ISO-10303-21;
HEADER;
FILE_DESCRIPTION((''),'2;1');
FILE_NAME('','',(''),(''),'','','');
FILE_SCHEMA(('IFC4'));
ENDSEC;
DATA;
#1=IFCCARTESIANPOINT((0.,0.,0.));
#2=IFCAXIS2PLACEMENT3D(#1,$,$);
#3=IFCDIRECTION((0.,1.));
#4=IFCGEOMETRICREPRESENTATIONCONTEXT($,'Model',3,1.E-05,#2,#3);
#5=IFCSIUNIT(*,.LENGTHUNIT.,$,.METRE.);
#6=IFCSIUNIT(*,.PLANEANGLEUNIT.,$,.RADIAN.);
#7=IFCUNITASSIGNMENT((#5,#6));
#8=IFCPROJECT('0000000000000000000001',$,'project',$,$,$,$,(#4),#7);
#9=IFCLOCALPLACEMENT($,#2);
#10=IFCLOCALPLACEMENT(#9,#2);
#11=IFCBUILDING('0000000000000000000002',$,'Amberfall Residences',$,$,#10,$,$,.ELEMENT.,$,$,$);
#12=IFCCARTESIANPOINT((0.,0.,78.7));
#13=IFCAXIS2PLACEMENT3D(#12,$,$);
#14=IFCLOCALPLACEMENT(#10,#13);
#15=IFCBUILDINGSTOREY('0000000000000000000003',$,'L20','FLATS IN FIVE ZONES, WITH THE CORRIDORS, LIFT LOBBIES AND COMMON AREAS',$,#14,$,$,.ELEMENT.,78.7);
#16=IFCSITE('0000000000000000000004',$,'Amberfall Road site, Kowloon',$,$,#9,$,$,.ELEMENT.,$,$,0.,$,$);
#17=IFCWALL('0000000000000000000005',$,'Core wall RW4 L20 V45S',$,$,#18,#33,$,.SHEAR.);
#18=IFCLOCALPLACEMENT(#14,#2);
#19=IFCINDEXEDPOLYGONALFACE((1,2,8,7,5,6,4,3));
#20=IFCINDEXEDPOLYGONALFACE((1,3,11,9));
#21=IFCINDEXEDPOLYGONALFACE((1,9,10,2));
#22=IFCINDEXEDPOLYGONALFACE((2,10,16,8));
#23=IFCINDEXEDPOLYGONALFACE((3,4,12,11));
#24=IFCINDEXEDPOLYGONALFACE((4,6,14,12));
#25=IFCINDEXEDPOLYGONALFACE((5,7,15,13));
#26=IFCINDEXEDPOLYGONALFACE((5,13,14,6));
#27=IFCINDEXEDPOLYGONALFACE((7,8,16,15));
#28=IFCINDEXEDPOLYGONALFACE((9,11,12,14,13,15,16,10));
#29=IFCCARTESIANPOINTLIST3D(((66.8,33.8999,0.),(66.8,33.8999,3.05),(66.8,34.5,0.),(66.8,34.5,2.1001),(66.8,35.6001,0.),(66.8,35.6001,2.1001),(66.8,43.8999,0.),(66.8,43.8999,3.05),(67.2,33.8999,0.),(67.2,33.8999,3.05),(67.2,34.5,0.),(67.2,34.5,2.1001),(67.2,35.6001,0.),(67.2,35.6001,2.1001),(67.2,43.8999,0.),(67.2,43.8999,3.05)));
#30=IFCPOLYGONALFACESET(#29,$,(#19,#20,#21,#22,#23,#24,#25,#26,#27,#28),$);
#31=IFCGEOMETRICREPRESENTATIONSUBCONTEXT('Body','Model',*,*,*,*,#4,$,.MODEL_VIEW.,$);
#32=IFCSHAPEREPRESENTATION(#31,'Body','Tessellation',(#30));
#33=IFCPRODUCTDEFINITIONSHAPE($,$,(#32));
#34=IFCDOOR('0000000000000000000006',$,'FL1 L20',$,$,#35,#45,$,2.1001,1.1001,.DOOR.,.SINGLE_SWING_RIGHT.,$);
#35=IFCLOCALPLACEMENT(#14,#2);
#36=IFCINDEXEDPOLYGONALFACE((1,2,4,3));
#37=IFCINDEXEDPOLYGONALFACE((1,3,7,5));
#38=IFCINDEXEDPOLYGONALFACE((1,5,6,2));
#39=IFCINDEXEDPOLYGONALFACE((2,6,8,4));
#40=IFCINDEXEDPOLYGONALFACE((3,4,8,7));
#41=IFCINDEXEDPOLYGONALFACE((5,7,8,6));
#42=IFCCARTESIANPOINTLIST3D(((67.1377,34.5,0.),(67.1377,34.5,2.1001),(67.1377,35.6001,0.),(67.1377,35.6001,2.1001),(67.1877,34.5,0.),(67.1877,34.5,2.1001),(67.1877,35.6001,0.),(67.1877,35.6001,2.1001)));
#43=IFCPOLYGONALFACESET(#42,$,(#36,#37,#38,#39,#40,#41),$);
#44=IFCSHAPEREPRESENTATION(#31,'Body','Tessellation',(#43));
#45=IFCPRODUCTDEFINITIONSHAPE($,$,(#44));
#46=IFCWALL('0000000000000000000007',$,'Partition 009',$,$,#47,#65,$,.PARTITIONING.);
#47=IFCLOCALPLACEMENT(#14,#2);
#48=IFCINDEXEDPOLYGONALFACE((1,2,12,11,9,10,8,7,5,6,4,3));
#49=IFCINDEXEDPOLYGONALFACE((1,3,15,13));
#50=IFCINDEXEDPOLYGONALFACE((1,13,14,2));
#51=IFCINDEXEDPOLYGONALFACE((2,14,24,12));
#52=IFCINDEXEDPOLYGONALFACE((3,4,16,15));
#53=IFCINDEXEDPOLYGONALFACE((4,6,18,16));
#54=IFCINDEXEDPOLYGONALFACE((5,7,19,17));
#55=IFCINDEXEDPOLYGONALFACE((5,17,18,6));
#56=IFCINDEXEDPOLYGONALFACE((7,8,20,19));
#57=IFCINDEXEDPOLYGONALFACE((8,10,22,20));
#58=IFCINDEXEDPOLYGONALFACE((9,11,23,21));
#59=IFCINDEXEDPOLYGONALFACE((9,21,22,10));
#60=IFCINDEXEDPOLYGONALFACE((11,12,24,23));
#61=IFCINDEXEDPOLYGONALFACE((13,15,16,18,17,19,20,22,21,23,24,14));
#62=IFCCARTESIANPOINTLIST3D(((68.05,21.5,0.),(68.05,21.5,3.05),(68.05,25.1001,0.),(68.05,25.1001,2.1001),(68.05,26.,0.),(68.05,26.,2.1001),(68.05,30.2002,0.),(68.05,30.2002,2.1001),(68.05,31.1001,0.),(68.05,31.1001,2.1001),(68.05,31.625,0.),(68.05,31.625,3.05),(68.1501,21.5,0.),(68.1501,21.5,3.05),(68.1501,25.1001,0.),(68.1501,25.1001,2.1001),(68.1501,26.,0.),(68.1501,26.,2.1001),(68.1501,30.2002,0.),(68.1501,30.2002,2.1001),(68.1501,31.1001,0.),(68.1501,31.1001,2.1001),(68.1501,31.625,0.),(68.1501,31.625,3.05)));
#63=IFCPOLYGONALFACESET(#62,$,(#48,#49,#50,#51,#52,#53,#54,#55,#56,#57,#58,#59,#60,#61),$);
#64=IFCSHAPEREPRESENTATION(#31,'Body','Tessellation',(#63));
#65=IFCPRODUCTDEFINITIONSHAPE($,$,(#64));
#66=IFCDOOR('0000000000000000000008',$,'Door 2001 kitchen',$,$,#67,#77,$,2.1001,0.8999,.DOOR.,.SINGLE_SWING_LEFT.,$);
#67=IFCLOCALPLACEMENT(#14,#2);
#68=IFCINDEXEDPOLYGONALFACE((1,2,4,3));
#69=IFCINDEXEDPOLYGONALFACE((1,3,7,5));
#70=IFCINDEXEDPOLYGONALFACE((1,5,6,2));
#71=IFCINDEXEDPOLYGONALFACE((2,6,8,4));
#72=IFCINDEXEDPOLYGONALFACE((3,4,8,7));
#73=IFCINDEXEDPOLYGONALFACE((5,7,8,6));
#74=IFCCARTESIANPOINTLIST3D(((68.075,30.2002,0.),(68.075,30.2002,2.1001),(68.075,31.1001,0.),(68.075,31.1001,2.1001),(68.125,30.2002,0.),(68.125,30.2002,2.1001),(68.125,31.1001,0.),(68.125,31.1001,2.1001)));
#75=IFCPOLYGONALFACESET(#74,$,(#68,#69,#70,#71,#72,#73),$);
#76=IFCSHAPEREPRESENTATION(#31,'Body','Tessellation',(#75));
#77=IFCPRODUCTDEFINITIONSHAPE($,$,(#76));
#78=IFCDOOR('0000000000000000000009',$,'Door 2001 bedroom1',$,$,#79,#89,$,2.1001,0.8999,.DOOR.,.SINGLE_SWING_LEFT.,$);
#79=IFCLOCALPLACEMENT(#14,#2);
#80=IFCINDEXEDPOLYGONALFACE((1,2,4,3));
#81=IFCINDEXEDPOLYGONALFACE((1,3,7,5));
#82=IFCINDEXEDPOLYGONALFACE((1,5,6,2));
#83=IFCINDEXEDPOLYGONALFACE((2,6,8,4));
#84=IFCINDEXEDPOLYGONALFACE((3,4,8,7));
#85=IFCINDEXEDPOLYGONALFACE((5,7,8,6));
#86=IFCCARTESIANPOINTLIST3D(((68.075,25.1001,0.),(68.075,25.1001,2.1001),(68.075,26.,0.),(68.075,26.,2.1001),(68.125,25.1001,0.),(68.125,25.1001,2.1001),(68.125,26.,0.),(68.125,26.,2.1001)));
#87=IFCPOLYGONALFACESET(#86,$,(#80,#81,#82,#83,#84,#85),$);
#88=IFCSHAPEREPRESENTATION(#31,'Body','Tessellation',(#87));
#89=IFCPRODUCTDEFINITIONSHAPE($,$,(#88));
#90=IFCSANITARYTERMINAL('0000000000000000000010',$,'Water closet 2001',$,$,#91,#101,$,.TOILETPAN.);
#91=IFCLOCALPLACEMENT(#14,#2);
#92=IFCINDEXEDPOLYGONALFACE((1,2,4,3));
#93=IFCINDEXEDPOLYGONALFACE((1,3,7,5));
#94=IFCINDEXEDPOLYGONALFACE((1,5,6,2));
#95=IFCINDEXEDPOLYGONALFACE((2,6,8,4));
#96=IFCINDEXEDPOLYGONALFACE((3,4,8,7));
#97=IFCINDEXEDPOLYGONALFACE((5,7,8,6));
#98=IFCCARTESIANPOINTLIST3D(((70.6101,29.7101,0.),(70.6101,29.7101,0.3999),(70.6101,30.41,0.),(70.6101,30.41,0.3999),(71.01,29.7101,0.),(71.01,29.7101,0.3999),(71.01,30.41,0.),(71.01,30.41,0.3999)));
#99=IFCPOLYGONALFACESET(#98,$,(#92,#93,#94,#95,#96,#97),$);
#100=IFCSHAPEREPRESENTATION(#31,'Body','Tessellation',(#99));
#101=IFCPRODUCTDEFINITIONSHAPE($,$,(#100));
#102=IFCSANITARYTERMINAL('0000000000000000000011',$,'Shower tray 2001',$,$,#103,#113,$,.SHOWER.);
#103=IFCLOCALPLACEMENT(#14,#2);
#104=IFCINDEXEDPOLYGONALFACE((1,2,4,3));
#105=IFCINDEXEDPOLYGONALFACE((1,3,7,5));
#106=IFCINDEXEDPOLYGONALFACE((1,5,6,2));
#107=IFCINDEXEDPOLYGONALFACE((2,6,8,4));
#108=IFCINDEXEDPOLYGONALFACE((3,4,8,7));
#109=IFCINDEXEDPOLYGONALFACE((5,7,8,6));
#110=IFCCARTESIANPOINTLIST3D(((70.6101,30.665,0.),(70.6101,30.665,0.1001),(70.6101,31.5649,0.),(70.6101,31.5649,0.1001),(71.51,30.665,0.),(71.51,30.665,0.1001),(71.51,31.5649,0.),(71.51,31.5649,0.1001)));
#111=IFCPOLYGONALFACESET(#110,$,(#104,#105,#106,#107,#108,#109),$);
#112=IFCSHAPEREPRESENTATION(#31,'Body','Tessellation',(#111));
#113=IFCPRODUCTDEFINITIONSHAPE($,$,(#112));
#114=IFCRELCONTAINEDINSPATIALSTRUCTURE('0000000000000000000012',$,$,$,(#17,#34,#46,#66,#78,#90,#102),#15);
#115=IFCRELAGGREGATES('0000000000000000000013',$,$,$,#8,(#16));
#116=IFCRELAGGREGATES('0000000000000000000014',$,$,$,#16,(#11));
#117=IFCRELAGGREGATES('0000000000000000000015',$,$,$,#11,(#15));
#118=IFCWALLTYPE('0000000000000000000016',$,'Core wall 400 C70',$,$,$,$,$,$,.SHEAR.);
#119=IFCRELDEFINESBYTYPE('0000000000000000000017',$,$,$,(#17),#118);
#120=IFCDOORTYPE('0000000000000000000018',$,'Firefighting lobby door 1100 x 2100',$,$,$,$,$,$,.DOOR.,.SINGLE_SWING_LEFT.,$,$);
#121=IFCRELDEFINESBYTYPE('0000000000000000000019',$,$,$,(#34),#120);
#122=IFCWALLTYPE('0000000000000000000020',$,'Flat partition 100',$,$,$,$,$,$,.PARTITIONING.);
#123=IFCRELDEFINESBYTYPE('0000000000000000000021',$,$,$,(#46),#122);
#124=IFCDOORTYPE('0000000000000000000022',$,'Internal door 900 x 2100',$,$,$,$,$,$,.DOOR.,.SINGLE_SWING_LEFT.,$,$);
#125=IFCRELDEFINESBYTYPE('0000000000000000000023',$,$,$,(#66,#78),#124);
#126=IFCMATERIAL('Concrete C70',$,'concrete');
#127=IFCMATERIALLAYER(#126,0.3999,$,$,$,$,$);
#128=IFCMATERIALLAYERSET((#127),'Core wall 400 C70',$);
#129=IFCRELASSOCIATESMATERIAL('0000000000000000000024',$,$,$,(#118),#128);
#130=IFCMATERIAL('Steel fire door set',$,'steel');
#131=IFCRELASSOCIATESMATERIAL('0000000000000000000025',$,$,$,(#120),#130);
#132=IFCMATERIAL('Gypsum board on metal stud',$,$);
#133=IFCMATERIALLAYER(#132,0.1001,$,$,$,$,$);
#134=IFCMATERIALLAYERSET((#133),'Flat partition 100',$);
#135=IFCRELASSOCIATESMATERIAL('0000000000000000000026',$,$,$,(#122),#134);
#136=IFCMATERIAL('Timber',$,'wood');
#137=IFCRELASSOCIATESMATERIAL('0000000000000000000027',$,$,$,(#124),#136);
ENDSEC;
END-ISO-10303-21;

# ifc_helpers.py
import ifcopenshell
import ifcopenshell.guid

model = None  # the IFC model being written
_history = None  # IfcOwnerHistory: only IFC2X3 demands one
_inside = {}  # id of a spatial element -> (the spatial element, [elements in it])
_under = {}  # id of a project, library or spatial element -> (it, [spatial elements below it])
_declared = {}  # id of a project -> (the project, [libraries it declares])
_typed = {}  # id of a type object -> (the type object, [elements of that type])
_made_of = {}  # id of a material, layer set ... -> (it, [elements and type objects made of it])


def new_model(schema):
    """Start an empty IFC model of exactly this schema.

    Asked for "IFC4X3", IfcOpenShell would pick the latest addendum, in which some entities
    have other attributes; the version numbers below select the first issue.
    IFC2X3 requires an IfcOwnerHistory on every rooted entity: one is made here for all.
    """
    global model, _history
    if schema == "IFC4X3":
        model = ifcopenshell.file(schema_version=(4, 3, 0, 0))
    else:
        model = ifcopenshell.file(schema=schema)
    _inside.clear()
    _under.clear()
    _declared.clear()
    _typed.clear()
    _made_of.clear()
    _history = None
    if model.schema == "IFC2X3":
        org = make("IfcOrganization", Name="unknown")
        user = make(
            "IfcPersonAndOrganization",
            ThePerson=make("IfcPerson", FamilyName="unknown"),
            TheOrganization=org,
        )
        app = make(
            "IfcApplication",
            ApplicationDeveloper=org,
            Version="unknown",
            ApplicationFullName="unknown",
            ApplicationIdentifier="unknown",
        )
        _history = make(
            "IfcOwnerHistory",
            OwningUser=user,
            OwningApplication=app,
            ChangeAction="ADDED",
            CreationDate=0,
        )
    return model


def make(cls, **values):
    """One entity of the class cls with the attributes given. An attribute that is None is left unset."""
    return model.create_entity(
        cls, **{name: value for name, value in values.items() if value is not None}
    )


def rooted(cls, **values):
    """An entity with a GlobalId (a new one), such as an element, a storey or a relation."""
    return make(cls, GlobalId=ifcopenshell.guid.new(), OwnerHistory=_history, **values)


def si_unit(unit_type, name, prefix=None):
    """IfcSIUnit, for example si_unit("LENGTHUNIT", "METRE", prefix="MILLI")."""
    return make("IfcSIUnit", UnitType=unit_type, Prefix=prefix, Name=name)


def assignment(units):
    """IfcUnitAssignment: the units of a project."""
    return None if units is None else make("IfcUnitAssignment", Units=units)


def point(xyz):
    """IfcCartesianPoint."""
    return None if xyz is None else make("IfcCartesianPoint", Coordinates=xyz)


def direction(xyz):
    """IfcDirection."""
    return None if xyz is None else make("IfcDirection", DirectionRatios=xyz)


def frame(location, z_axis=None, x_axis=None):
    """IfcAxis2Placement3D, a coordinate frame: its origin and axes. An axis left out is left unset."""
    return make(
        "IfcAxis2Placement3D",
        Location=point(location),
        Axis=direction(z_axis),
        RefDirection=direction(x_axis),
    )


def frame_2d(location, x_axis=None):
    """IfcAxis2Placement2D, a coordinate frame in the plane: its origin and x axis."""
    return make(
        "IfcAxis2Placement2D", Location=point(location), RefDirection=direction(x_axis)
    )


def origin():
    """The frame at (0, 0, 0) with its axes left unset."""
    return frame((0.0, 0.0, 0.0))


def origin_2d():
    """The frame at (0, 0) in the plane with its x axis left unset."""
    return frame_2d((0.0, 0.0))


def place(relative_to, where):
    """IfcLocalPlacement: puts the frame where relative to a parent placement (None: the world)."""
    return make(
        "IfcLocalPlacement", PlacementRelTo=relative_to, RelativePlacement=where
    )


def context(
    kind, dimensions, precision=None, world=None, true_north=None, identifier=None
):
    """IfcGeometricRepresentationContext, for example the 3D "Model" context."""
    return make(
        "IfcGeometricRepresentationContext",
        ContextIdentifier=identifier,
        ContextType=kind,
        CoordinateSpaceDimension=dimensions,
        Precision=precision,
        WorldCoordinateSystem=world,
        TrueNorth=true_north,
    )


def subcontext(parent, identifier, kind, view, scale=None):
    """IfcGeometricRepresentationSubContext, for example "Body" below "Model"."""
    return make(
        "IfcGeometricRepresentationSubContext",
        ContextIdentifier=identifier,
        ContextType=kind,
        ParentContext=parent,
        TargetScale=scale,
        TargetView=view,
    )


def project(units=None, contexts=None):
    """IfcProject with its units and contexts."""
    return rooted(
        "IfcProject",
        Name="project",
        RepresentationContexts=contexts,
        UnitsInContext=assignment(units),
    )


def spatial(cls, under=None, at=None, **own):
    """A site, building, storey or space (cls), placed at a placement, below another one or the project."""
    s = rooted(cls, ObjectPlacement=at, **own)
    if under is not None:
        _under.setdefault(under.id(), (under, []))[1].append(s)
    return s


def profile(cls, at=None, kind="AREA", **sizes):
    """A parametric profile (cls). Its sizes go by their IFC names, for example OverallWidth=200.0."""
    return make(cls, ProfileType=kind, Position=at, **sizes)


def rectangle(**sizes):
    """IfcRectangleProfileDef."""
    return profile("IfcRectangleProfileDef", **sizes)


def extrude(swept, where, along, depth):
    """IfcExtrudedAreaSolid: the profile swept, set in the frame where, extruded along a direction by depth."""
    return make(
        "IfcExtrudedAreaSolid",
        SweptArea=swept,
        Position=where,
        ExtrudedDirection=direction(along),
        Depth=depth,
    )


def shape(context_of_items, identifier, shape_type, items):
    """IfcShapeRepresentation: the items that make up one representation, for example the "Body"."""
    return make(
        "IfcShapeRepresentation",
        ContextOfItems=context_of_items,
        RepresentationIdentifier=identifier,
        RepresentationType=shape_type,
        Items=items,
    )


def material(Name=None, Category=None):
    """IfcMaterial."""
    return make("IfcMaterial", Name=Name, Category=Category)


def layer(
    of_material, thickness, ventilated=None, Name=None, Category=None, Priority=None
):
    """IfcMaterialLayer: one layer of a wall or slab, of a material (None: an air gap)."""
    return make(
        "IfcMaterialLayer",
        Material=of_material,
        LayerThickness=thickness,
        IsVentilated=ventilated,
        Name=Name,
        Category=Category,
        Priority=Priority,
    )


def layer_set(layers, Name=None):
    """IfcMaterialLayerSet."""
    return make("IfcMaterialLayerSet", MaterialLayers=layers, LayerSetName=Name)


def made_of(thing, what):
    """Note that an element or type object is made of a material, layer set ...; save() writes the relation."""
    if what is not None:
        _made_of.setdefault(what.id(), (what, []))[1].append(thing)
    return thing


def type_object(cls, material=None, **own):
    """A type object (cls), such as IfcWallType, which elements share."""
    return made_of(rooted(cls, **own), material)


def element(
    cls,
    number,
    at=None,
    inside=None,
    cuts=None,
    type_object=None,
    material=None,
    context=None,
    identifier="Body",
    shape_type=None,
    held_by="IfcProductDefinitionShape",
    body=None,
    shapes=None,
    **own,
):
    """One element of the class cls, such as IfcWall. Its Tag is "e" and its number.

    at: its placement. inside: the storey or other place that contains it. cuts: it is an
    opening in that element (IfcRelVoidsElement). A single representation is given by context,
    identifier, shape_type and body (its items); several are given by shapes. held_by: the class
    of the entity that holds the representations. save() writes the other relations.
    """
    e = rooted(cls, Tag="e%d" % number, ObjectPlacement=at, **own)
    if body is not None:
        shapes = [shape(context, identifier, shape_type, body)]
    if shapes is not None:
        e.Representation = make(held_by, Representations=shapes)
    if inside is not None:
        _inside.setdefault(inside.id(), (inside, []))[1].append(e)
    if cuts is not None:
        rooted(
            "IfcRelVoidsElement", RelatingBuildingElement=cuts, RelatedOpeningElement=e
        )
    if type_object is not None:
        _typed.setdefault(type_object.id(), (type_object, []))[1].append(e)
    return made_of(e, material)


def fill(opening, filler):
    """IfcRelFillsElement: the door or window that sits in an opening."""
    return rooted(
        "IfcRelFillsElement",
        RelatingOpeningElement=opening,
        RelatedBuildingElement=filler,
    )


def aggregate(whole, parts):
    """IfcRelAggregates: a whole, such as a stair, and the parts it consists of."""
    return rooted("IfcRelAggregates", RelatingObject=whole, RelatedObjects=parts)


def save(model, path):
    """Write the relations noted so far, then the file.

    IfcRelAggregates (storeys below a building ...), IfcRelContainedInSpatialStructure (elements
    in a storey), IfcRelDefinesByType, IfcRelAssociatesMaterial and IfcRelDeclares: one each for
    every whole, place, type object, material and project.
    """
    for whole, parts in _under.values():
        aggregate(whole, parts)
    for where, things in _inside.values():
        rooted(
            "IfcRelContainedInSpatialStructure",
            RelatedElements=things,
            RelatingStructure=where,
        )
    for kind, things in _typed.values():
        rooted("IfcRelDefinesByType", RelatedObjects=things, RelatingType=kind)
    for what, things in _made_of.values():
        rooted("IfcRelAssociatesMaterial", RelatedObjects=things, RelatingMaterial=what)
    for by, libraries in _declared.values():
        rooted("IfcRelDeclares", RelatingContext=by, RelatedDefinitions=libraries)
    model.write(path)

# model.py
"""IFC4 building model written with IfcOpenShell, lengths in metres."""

from ifc_helpers import new_model, si_unit, direction, frame, frame_2d, origin, origin_2d, place, context, subcontext, project, spatial, rectangle, extrude, material, layer, layer_set, type_object, element, fill, save


model = new_model("IFC4")

# Units and contexts
model_context = context("Model", 3, precision=1e-05, world=origin(), true_north=direction((0.0, 1.0)))
body_context = subcontext(model_context, "Body", "Model", "MODEL_VIEW")
ifc_project = project(units=[si_unit("LENGTHUNIT", "METRE"), si_unit("PLANEANGLEUNIT", "RADIAN")], contexts=[model_context])

# Site, building, storey
site_placement = place(None, origin())
site = spatial("IfcSite", under=ifc_project, at=site_placement, Name="Amberfall Road site, Kowloon", CompositionType="ELEMENT", RefElevation=0.0)
building_placement = place(site_placement, origin())
building = spatial("IfcBuilding", under=site, at=building_placement, Name="Amberfall Residences", CompositionType="ELEMENT")
storey_placement = place(building_placement, frame((0.0, 0.0, 78.7)))
storey = spatial("IfcBuildingStorey", under=building, at=storey_placement, Name="L20", Description="FLATS IN FIVE ZONES, WITH THE CORRIDORS, LIFT LOBBIES AND COMMON AREAS", CompositionType="ELEMENT", Elevation=78.7)

# Wall, opening, door
ifc_material_1 = material(Name="Concrete C70", Category="concrete")
ifc_layer_1 = layer(ifc_material_1, 0.3999)
ifc_layer_set_1 = layer_set([ifc_layer_1], Name="Core wall 400 C70")
wall_type_1 = type_object("IfcWallType", Name="Core wall 400 C70", PredefinedType="SHEAR", material=ifc_layer_set_1)
wall_1_placement = place(storey_placement, frame((67.0, 33.8999, 0.0), z_axis=(0.0, 0.0, 1.0), x_axis=(0.0, 1.0, 0.0)))
wall_1 = element("IfcWall", 1, at=wall_1_placement, inside=storey, type_object=wall_type_1, Name="Core wall RW4 L20 V45S", PredefinedType="SHEAR", context=body_context, shape_type="SweptSolid", body=[
    extrude(rectangle(XDim=10.0, YDim=0.3999, at=frame_2d((5.0, 0.0))), origin(), (0.0, 0.0, 1.0), 3.05),
])
opening_1_placement = place(wall_1_placement, frame((0.6001, 0.0, 0.0)))
opening_1 = element("IfcOpeningElement", 2, at=opening_1_placement, cuts=wall_1, PredefinedType="OPENING", context=body_context, shape_type="SweptSolid", body=[
    extrude(rectangle(XDim=1.1001, YDim=2.1001, at=frame_2d((0.55, 1.05))), frame((0.0, 0.21, 0.0), z_axis=(0.0, -1.0, 0.0), x_axis=(1.0, 0.0, 0.0)), (0.0, 0.0, 1.0), 0.4199),
])
ifc_material_2 = material(Name="Steel fire door set", Category="steel")
door_type_1 = type_object("IfcDoorType", Name="Firefighting lobby door 1100 x 2100", OperationType="SINGLE_SWING_LEFT", PredefinedType="DOOR", material=ifc_material_2)
door_1_placement = place(opening_1_placement, origin())
door_1 = element("IfcDoor", 3, at=door_1_placement, inside=storey, type_object=door_type_1, Name="FL1 L20", OperationType="SINGLE_SWING_RIGHT", OverallHeight=2.1001, OverallWidth=1.1001, PredefinedType="DOOR", context=body_context, shape_type="SweptSolid", body=[
    extrude(rectangle(XDim=1.1001, YDim=2.1001, at=frame_2d((0.55, 1.05))), frame((0.0, -0.1377, 0.0), z_axis=(0.0, -1.0, 0.0), x_axis=(1.0, 0.0, 0.0)), (0.0, 0.0, 1.0), 0.05),
])
fill(opening_1, door_1)

# Wall, openings, doors
ifc_material_3 = material(Name="Gypsum board on metal stud")
ifc_layer_2 = layer(ifc_material_3, 0.1001)
ifc_layer_set_2 = layer_set([ifc_layer_2], Name="Flat partition 100")
wall_type_2 = type_object("IfcWallType", Name="Flat partition 100", PredefinedType="PARTITIONING", material=ifc_layer_set_2)
wall_2_placement = place(storey_placement, frame((68.1001, 31.625, 0.0), z_axis=(0.0, 0.0, 1.0), x_axis=(0.0, -1.0, 0.0)))
wall_2 = element("IfcWall", 4, at=wall_2_placement, inside=storey, type_object=wall_type_2, Name="Partition 009", PredefinedType="PARTITIONING", context=body_context, shape_type="SweptSolid", body=[
    extrude(rectangle(XDim=10.125, YDim=0.1001, at=frame_2d((5.0625, 0.0))), origin(), (0.0, 0.0, 1.0), 3.05),
])
opening_2_placement = place(wall_2_placement, frame((0.5249, 0.0, 0.0)))
opening_2 = element("IfcOpeningElement", 5, at=opening_2_placement, cuts=wall_2, PredefinedType="OPENING", context=body_context, shape_type="SweptSolid", body=[
    extrude(rectangle(XDim=0.8999, YDim=2.1001, at=frame_2d((0.45, 1.05))), frame((0.0, 0.0601, 0.0), z_axis=(0.0, -1.0, 0.0), x_axis=(1.0, 0.0, 0.0)), (0.0, 0.0, 1.0), 0.1201),
])
opening_3_placement = place(wall_2_placement, frame((5.625, 0.0, 0.0)))
opening_3 = element("IfcOpeningElement", 6, at=opening_3_placement, cuts=wall_2, PredefinedType="OPENING", context=body_context, shape_type="SweptSolid", body=[
    extrude(rectangle(XDim=0.8999, YDim=2.1001, at=frame_2d((0.45, 1.05))), frame((0.0, 0.0601, 0.0), z_axis=(0.0, -1.0, 0.0), x_axis=(1.0, 0.0, 0.0)), (0.0, 0.0, 1.0), 0.1201),
])
ifc_material_4 = material(Name="Timber", Category="wood")
door_type_2 = type_object("IfcDoorType", Name="Internal door 900 x 2100", OperationType="SINGLE_SWING_LEFT", PredefinedType="DOOR", material=ifc_material_4)
door_2_placement = place(opening_2_placement, origin())
door_2 = element("IfcDoor", 7, at=door_2_placement, inside=storey, type_object=door_type_2, Name="Door 2001 kitchen", OperationType="SINGLE_SWING_LEFT", OverallHeight=2.1001, OverallWidth=0.8999, PredefinedType="DOOR", context=body_context, shape_type="SweptSolid", body=[
    extrude(rectangle(XDim=0.8999, YDim=2.1001, at=frame_2d((0.45, 1.05))), frame((0.0, 0.0249, 0.0), z_axis=(0.0, -1.0, 0.0), x_axis=(1.0, 0.0, 0.0)), (0.0, 0.0, 1.0), 0.05),
])
fill(opening_2, door_2)
door_3_placement = place(opening_3_placement, origin())
door_3 = element("IfcDoor", 8, at=door_3_placement, inside=storey, type_object=door_type_2, Name="Door 2001 bedroom1", OperationType="SINGLE_SWING_LEFT", OverallHeight=2.1001, OverallWidth=0.8999, PredefinedType="DOOR", context=body_context, shape_type="SweptSolid", body=[
    extrude(rectangle(XDim=0.8999, YDim=2.1001, at=frame_2d((0.45, 1.05))), frame((0.0, 0.0249, 0.0), z_axis=(0.0, -1.0, 0.0), x_axis=(1.0, 0.0, 0.0)), (0.0, 0.0, 1.0), 0.05),
])
fill(opening_3, door_3)

# Sanitary terminals
sanitary_terminal_1_placement = place(storey_placement, frame((70.8101, 30.0601, 0.0), z_axis=(0.0, 0.0, 1.0), x_axis=(1.0, 0.0, 0.0)))
element("IfcSanitaryTerminal", 9, at=sanitary_terminal_1_placement, inside=storey, Name="Water closet 2001", PredefinedType="TOILETPAN", context=body_context, shape_type="SweptSolid", body=[
    extrude(rectangle(XDim=0.3999, YDim=0.7, at=origin_2d()), origin(), (0.0, 0.0, 1.0), 0.3999),
])
sanitary_terminal_2_placement = place(storey_placement, frame((71.0601, 31.115, 0.0), z_axis=(0.0, 0.0, 1.0), x_axis=(1.0, 0.0, 0.0)))
element("IfcSanitaryTerminal", 10, at=sanitary_terminal_2_placement, inside=storey, Name="Shower tray 2001", PredefinedType="SHOWER", context=body_context, shape_type="SweptSolid", body=[
    extrude(rectangle(XDim=0.8999, YDim=0.8999, at=origin_2d()), origin(), (0.0, 0.0, 1.0), 0.1001),
])

save(model, "model.ifc")
